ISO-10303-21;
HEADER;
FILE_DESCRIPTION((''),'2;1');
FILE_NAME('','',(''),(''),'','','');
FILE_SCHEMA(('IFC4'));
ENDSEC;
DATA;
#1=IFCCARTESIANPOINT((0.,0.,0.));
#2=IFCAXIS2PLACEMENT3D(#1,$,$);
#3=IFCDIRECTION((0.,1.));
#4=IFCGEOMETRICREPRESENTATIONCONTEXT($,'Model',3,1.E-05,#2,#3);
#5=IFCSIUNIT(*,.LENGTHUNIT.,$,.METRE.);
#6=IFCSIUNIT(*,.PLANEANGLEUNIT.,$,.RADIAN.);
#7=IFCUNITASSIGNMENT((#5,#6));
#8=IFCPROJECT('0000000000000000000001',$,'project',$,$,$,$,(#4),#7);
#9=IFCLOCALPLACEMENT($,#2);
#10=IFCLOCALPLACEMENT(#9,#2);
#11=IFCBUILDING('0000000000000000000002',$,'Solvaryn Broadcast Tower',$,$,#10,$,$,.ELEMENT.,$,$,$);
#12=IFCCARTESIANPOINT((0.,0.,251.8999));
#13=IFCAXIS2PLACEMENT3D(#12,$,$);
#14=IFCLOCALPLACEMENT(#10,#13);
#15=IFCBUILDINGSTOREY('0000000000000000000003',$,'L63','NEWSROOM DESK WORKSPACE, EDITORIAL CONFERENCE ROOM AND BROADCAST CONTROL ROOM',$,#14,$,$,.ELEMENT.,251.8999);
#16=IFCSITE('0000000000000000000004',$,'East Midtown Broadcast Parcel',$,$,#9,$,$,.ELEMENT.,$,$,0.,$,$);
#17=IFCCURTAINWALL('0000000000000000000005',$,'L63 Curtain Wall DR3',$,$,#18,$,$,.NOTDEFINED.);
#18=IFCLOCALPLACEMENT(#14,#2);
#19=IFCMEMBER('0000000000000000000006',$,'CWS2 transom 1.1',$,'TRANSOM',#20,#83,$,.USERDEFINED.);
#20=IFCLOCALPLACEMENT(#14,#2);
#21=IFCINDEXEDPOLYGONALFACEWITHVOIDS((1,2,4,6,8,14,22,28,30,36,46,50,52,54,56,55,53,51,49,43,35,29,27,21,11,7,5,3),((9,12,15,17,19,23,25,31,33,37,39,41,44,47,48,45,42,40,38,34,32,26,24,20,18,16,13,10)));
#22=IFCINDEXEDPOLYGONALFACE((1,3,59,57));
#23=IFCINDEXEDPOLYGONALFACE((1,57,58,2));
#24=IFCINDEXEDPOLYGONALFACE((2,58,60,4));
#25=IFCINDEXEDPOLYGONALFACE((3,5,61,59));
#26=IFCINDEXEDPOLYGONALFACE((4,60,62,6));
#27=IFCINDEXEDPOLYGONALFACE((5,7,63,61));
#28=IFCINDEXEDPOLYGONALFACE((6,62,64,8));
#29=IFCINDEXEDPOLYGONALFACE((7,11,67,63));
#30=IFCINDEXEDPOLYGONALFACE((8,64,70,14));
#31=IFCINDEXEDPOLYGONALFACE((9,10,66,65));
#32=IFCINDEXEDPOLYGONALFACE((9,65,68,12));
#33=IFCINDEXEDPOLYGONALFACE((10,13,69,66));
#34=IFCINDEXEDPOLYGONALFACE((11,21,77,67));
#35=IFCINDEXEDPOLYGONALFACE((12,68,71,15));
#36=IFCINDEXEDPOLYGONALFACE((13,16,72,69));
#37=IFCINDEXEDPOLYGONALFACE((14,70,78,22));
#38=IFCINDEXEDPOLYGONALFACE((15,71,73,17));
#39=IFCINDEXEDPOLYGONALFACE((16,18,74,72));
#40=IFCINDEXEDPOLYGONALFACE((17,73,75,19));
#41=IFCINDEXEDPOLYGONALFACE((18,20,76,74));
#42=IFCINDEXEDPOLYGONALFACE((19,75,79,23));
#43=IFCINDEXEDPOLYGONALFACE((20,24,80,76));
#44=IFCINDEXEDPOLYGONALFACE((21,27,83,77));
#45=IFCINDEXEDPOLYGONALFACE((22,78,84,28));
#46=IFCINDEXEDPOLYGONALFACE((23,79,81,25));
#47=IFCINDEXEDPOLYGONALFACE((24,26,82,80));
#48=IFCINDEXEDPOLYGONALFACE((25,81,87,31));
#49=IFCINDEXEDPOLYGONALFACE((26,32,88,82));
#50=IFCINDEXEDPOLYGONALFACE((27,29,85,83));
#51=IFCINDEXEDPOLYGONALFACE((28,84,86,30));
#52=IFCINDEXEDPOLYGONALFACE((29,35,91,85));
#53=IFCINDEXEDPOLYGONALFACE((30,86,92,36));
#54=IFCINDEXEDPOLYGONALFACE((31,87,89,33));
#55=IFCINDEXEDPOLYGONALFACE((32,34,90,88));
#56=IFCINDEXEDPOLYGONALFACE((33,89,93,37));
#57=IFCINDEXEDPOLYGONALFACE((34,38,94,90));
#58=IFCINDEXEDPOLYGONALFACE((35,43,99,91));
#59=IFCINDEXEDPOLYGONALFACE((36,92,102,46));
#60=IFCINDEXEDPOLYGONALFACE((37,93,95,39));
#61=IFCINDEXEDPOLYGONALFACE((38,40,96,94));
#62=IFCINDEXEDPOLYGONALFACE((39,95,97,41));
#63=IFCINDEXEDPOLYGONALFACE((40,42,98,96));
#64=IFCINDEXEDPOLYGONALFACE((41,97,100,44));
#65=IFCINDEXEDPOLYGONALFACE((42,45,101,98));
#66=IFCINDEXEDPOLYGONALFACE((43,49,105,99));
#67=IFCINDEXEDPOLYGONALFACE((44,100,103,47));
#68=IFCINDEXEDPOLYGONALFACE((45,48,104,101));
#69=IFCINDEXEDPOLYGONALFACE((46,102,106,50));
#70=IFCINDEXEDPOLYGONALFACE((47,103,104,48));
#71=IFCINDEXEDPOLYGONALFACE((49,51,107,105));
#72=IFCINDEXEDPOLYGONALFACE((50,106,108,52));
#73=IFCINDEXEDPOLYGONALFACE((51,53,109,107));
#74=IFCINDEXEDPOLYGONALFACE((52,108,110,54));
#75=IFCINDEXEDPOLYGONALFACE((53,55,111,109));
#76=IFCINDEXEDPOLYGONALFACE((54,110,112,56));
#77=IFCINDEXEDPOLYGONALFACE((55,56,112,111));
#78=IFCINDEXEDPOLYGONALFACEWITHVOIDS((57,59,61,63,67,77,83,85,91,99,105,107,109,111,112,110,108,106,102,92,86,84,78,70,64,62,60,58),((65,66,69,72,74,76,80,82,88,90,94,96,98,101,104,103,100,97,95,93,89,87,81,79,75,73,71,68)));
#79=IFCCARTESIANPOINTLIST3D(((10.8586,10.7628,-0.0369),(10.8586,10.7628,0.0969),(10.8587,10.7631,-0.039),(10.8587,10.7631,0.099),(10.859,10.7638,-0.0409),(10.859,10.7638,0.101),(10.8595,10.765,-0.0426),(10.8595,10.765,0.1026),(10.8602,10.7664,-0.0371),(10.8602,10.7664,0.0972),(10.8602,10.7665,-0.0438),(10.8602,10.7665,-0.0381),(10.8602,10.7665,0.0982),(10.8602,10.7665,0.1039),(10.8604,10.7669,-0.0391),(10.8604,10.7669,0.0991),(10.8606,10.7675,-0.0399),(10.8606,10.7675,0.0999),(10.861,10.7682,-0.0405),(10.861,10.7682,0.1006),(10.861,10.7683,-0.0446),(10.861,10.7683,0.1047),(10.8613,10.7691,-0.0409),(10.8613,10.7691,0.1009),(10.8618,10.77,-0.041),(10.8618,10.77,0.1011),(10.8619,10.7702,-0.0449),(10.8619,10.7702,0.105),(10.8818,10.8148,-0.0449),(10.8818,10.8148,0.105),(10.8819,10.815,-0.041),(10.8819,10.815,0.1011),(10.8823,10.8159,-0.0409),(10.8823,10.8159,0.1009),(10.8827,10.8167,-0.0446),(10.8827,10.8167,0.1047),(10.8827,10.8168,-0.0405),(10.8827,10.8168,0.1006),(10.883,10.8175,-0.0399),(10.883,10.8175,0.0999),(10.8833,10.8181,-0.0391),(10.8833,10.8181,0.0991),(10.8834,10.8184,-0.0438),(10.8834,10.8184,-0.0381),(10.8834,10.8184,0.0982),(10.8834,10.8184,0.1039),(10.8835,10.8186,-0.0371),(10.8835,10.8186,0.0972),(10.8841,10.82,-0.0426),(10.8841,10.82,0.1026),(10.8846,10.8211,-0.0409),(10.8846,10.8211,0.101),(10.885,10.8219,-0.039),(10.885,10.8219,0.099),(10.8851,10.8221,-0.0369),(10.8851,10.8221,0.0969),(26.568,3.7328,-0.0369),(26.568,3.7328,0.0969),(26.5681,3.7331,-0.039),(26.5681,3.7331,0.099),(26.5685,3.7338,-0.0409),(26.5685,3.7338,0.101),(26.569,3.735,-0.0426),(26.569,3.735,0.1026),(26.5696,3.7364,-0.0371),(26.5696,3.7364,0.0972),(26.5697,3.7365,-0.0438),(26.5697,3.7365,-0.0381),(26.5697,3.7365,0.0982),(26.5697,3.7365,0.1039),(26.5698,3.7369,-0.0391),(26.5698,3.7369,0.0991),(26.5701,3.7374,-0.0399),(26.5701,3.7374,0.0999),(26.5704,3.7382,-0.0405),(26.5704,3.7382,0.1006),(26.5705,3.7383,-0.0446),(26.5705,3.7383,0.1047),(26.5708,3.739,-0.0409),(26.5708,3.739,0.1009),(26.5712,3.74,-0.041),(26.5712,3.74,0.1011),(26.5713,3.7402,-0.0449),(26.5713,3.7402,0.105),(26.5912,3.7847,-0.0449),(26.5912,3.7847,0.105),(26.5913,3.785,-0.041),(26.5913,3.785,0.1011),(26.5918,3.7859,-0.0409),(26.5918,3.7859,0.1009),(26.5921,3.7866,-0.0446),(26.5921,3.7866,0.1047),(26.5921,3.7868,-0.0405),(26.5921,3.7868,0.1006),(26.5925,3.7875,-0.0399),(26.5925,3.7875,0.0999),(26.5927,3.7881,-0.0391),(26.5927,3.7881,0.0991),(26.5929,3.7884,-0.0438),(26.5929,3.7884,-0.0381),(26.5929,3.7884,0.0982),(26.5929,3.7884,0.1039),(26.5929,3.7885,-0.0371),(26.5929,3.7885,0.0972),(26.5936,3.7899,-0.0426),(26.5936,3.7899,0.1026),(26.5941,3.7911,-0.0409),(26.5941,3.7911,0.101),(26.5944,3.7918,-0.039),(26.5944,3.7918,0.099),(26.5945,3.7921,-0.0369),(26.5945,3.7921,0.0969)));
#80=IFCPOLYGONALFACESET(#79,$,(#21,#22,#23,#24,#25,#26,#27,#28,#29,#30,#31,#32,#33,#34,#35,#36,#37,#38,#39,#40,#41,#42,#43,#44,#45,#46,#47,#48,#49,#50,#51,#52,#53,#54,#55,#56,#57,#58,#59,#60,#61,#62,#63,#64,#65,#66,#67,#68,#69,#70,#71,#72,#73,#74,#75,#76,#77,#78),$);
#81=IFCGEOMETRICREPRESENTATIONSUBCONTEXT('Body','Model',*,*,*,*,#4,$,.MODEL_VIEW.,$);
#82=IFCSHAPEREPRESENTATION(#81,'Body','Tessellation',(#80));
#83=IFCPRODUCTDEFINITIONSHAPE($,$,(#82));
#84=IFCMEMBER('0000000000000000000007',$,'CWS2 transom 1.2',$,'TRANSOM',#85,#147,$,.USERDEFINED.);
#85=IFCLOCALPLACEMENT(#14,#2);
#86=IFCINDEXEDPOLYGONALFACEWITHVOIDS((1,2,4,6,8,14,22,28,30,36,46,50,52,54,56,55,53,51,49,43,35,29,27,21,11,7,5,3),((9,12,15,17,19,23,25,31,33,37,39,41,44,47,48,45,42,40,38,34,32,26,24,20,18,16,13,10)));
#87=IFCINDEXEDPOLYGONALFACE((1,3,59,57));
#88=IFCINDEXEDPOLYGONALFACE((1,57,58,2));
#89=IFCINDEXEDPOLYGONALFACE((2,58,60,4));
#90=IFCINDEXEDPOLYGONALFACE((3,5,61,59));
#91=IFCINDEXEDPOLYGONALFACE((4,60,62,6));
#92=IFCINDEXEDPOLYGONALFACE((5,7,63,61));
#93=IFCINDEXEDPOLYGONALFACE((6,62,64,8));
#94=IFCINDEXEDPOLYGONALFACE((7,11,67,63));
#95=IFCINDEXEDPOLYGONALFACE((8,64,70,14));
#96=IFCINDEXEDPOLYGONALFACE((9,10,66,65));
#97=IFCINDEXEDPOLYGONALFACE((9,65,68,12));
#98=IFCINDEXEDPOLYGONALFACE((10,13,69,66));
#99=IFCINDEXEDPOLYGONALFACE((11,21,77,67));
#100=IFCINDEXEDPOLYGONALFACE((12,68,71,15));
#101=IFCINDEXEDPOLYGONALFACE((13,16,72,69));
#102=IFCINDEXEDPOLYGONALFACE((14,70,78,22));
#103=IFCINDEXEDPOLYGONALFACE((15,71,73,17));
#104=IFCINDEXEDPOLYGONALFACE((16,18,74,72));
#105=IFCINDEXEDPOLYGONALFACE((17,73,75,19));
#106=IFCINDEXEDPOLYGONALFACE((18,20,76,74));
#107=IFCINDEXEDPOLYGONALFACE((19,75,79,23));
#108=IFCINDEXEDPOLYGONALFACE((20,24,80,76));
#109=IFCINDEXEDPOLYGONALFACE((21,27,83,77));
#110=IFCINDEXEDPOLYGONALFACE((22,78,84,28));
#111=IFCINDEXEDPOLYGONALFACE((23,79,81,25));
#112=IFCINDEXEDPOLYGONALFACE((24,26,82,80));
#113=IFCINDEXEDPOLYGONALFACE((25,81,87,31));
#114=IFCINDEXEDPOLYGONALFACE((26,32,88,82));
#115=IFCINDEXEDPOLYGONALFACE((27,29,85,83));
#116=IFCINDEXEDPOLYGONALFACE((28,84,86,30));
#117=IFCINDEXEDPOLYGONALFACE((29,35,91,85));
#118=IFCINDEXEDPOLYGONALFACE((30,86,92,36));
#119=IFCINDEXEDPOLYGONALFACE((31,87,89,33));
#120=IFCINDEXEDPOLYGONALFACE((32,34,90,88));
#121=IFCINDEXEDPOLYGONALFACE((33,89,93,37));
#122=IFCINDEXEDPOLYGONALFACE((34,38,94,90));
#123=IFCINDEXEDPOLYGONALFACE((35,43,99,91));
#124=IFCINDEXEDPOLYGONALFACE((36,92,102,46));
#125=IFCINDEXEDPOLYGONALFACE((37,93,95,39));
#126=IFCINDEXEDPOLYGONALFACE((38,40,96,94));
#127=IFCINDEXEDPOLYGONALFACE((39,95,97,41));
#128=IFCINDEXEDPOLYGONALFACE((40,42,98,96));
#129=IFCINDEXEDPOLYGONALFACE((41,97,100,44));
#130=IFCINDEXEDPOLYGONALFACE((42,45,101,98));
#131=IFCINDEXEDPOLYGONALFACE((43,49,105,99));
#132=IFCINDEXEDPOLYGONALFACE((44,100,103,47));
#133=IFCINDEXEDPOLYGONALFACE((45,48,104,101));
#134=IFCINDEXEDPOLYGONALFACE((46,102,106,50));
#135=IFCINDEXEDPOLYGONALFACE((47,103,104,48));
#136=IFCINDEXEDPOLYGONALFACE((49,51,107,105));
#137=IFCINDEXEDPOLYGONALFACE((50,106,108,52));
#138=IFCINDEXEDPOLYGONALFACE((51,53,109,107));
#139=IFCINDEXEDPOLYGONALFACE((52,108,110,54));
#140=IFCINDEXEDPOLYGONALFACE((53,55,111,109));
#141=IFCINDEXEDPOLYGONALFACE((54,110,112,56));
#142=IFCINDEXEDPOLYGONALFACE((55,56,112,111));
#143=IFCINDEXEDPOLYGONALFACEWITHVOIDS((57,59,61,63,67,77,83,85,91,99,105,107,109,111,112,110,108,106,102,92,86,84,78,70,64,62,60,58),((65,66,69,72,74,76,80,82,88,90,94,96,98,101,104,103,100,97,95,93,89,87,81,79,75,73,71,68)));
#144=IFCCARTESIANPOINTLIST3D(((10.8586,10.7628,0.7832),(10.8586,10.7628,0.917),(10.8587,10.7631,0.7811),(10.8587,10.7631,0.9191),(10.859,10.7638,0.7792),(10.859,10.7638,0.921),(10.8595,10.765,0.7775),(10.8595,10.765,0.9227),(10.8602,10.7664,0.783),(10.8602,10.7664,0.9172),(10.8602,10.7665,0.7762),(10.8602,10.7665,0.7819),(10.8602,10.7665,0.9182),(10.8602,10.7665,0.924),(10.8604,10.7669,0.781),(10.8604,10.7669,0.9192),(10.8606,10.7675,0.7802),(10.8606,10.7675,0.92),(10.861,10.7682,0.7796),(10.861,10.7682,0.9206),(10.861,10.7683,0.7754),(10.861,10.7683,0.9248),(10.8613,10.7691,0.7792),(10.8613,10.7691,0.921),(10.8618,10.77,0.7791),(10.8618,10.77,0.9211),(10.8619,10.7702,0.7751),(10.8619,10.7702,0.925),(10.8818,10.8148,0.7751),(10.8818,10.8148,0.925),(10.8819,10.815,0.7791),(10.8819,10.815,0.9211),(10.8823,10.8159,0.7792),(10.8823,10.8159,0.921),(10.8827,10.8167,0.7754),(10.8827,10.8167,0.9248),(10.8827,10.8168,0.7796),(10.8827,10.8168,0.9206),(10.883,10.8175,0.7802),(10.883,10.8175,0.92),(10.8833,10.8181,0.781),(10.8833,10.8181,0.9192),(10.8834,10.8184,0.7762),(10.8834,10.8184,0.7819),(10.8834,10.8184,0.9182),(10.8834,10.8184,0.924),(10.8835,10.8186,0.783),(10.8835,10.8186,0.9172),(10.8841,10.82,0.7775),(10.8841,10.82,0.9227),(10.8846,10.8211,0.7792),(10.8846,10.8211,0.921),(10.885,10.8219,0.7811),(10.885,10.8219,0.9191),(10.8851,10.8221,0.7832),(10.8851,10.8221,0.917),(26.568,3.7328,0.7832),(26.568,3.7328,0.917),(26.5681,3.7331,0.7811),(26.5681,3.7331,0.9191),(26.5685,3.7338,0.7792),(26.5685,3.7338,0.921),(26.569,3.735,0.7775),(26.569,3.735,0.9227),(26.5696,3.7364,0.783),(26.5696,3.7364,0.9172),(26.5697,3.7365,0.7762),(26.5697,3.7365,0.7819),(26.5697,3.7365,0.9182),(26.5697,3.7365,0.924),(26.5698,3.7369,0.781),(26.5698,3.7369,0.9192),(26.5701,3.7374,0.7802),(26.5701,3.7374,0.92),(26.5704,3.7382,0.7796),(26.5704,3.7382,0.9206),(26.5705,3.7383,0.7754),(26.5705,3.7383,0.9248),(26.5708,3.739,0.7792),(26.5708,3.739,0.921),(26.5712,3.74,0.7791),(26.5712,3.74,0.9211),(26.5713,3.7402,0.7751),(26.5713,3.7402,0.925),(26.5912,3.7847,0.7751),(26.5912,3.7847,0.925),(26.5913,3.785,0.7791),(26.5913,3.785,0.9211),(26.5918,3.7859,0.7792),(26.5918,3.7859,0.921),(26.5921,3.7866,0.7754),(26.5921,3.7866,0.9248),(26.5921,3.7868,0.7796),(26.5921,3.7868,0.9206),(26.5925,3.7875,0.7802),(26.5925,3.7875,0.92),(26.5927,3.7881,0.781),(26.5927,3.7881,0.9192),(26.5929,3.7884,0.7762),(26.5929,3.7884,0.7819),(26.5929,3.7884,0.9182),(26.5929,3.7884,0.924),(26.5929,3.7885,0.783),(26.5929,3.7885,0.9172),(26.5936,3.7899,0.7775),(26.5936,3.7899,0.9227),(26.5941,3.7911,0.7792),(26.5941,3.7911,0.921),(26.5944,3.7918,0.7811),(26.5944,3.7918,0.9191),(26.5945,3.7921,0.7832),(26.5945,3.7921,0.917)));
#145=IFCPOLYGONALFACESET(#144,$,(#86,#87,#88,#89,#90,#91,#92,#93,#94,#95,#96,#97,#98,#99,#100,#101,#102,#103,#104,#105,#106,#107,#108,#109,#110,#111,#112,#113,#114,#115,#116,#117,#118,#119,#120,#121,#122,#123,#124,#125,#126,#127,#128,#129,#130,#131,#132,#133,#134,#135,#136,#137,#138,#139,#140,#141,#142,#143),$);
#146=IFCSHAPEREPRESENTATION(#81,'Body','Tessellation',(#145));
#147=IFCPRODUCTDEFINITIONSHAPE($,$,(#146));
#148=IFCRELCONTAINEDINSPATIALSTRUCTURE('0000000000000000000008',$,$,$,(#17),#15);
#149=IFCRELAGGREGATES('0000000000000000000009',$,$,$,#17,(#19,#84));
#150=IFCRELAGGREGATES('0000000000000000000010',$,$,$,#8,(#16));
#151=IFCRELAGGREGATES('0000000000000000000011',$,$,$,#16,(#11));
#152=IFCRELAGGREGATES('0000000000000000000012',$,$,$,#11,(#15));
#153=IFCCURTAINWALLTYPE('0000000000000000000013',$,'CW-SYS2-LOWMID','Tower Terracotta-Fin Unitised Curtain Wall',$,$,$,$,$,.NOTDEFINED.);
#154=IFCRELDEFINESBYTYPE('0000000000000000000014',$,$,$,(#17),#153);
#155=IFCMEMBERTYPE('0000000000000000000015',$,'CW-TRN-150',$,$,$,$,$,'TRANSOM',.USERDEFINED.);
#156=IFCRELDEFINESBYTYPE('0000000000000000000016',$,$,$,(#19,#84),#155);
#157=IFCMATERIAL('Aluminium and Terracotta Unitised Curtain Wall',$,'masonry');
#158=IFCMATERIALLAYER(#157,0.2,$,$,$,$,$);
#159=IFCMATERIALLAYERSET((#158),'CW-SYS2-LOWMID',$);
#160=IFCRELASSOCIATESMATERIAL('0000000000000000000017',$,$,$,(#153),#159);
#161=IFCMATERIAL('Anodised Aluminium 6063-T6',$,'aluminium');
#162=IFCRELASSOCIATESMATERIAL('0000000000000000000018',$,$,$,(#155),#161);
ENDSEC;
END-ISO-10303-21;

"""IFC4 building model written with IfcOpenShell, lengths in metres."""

from ifc_helpers import new_model, si_unit, direction, frame, origin, origin_2d, place, context, subcontext, project, spatial, hollow_rectangle, extrude, material, layer, layer_set, material_profile, profile_set, type_object, element, aggregate, save


model = new_model("IFC4")

# Units and contexts
model_context = context("Model", 3, precision=1e-05, world=origin(), true_north=direction((0.0, 1.0)))
body_context = subcontext(model_context, "Body", "Model", "MODEL_VIEW")
ifc_project = project(units=[si_unit("LENGTHUNIT", "METRE"), si_unit("PLANEANGLEUNIT", "RADIAN")], contexts=[model_context])

# Site, building, storey
site_placement = place(None, origin())
site = spatial("IfcSite", under=ifc_project, at=site_placement, Name="East Midtown Broadcast Parcel", CompositionType="ELEMENT", RefElevation=0.0)
building_placement = place(site_placement, origin())
building = spatial("IfcBuilding", under=site, at=building_placement, Name="Solvaryn Broadcast Tower", CompositionType="ELEMENT")
storey_placement = place(building_placement, frame((0.0, 0.0, 251.8999)))
storey = spatial("IfcBuildingStorey", under=building, at=storey_placement, Name="L63", Description="NEWSROOM DESK WORKSPACE, EDITORIAL CONFERENCE ROOM AND BROADCAST CONTROL ROOM", CompositionType="ELEMENT", Elevation=251.8999)

# Shared definitions
ifc_material_1 = material(Name="Aluminium and Terracotta Unitised Curtain Wall", Category="masonry")
ifc_layer_1 = layer(ifc_material_1, 0.2)
ifc_layer_set_1 = layer_set([ifc_layer_1], Name="CW-SYS2-LOWMID")
curtain_wall_type = type_object("IfcCurtainWallType", Name="CW-SYS2-LOWMID", Description="Tower Terracotta-Fin Unitised Curtain Wall", PredefinedType="NOTDEFINED", material=ifc_layer_set_1)

# Curtain wall, members
curtain_wall_1_placement = place(storey_placement, origin())
curtain_wall_1 = element("IfcCurtainWall", 1, at=curtain_wall_1_placement, inside=storey, type_object=curtain_wall_type, Name="L63 Curtain Wall DR3", PredefinedType="NOTDEFINED")
ifc_material_2 = material(Name="Anodised Aluminium 6063-T6", Category="aluminium")
ifc_material_profile_1 = material_profile(ifc_material_2, hollow_rectangle(XDim=0.0649, YDim=0.1499, WallThickness=0.0039, InnerFilletRadius=0.0039, OuterFilletRadius=0.0081, at=origin_2d()))
ifc_profile_set_1 = profile_set([ifc_material_profile_1], Name="Anodised Aluminium 6063-T6")
member_type_1 = type_object("IfcMemberType", Name="CW-TRN-150", ElementType="TRANSOM", PredefinedType="USERDEFINED", material=ifc_profile_set_1)
member_1_placement = place(storey_placement, frame((10.8718, 10.7925, 0.03), z_axis=(0.912773, -0.408468, 0.0), x_axis=(0.408468, 0.912773, 0.0)))
member_1 = element("IfcMember", 2, at=member_1_placement, type_object=member_type_1, Name="CWS2 transom 1.1", ObjectType="TRANSOM", PredefinedType="USERDEFINED", context=body_context, shape_type="SweptSolid", body=[
    extrude(hollow_rectangle(XDim=0.0649, YDim=0.1499, WallThickness=0.0039, InnerFilletRadius=0.0039, OuterFilletRadius=0.0081, at=origin_2d()), origin(), (0.0, 0.0, 1.0), 17.2107),
])
member_2_placement = place(storey_placement, frame((10.8718, 10.7925, 0.8501), z_axis=(0.912773, -0.408468, 0.0), x_axis=(0.408468, 0.912773, 0.0)))
member_2 = element("IfcMember", 3, at=member_2_placement, type_object=member_type_1, Name="CWS2 transom 1.2", ObjectType="TRANSOM", PredefinedType="USERDEFINED", context=body_context, shape_type="SweptSolid", body=[
    extrude(hollow_rectangle(XDim=0.0649, YDim=0.1499, WallThickness=0.0039, InnerFilletRadius=0.0039, OuterFilletRadius=0.0081, at=origin_2d()), origin(), (0.0, 0.0, 1.0), 17.2107),
])
aggregate(curtain_wall_1, [member_1, member_2])

save(model, "model.ifc")
